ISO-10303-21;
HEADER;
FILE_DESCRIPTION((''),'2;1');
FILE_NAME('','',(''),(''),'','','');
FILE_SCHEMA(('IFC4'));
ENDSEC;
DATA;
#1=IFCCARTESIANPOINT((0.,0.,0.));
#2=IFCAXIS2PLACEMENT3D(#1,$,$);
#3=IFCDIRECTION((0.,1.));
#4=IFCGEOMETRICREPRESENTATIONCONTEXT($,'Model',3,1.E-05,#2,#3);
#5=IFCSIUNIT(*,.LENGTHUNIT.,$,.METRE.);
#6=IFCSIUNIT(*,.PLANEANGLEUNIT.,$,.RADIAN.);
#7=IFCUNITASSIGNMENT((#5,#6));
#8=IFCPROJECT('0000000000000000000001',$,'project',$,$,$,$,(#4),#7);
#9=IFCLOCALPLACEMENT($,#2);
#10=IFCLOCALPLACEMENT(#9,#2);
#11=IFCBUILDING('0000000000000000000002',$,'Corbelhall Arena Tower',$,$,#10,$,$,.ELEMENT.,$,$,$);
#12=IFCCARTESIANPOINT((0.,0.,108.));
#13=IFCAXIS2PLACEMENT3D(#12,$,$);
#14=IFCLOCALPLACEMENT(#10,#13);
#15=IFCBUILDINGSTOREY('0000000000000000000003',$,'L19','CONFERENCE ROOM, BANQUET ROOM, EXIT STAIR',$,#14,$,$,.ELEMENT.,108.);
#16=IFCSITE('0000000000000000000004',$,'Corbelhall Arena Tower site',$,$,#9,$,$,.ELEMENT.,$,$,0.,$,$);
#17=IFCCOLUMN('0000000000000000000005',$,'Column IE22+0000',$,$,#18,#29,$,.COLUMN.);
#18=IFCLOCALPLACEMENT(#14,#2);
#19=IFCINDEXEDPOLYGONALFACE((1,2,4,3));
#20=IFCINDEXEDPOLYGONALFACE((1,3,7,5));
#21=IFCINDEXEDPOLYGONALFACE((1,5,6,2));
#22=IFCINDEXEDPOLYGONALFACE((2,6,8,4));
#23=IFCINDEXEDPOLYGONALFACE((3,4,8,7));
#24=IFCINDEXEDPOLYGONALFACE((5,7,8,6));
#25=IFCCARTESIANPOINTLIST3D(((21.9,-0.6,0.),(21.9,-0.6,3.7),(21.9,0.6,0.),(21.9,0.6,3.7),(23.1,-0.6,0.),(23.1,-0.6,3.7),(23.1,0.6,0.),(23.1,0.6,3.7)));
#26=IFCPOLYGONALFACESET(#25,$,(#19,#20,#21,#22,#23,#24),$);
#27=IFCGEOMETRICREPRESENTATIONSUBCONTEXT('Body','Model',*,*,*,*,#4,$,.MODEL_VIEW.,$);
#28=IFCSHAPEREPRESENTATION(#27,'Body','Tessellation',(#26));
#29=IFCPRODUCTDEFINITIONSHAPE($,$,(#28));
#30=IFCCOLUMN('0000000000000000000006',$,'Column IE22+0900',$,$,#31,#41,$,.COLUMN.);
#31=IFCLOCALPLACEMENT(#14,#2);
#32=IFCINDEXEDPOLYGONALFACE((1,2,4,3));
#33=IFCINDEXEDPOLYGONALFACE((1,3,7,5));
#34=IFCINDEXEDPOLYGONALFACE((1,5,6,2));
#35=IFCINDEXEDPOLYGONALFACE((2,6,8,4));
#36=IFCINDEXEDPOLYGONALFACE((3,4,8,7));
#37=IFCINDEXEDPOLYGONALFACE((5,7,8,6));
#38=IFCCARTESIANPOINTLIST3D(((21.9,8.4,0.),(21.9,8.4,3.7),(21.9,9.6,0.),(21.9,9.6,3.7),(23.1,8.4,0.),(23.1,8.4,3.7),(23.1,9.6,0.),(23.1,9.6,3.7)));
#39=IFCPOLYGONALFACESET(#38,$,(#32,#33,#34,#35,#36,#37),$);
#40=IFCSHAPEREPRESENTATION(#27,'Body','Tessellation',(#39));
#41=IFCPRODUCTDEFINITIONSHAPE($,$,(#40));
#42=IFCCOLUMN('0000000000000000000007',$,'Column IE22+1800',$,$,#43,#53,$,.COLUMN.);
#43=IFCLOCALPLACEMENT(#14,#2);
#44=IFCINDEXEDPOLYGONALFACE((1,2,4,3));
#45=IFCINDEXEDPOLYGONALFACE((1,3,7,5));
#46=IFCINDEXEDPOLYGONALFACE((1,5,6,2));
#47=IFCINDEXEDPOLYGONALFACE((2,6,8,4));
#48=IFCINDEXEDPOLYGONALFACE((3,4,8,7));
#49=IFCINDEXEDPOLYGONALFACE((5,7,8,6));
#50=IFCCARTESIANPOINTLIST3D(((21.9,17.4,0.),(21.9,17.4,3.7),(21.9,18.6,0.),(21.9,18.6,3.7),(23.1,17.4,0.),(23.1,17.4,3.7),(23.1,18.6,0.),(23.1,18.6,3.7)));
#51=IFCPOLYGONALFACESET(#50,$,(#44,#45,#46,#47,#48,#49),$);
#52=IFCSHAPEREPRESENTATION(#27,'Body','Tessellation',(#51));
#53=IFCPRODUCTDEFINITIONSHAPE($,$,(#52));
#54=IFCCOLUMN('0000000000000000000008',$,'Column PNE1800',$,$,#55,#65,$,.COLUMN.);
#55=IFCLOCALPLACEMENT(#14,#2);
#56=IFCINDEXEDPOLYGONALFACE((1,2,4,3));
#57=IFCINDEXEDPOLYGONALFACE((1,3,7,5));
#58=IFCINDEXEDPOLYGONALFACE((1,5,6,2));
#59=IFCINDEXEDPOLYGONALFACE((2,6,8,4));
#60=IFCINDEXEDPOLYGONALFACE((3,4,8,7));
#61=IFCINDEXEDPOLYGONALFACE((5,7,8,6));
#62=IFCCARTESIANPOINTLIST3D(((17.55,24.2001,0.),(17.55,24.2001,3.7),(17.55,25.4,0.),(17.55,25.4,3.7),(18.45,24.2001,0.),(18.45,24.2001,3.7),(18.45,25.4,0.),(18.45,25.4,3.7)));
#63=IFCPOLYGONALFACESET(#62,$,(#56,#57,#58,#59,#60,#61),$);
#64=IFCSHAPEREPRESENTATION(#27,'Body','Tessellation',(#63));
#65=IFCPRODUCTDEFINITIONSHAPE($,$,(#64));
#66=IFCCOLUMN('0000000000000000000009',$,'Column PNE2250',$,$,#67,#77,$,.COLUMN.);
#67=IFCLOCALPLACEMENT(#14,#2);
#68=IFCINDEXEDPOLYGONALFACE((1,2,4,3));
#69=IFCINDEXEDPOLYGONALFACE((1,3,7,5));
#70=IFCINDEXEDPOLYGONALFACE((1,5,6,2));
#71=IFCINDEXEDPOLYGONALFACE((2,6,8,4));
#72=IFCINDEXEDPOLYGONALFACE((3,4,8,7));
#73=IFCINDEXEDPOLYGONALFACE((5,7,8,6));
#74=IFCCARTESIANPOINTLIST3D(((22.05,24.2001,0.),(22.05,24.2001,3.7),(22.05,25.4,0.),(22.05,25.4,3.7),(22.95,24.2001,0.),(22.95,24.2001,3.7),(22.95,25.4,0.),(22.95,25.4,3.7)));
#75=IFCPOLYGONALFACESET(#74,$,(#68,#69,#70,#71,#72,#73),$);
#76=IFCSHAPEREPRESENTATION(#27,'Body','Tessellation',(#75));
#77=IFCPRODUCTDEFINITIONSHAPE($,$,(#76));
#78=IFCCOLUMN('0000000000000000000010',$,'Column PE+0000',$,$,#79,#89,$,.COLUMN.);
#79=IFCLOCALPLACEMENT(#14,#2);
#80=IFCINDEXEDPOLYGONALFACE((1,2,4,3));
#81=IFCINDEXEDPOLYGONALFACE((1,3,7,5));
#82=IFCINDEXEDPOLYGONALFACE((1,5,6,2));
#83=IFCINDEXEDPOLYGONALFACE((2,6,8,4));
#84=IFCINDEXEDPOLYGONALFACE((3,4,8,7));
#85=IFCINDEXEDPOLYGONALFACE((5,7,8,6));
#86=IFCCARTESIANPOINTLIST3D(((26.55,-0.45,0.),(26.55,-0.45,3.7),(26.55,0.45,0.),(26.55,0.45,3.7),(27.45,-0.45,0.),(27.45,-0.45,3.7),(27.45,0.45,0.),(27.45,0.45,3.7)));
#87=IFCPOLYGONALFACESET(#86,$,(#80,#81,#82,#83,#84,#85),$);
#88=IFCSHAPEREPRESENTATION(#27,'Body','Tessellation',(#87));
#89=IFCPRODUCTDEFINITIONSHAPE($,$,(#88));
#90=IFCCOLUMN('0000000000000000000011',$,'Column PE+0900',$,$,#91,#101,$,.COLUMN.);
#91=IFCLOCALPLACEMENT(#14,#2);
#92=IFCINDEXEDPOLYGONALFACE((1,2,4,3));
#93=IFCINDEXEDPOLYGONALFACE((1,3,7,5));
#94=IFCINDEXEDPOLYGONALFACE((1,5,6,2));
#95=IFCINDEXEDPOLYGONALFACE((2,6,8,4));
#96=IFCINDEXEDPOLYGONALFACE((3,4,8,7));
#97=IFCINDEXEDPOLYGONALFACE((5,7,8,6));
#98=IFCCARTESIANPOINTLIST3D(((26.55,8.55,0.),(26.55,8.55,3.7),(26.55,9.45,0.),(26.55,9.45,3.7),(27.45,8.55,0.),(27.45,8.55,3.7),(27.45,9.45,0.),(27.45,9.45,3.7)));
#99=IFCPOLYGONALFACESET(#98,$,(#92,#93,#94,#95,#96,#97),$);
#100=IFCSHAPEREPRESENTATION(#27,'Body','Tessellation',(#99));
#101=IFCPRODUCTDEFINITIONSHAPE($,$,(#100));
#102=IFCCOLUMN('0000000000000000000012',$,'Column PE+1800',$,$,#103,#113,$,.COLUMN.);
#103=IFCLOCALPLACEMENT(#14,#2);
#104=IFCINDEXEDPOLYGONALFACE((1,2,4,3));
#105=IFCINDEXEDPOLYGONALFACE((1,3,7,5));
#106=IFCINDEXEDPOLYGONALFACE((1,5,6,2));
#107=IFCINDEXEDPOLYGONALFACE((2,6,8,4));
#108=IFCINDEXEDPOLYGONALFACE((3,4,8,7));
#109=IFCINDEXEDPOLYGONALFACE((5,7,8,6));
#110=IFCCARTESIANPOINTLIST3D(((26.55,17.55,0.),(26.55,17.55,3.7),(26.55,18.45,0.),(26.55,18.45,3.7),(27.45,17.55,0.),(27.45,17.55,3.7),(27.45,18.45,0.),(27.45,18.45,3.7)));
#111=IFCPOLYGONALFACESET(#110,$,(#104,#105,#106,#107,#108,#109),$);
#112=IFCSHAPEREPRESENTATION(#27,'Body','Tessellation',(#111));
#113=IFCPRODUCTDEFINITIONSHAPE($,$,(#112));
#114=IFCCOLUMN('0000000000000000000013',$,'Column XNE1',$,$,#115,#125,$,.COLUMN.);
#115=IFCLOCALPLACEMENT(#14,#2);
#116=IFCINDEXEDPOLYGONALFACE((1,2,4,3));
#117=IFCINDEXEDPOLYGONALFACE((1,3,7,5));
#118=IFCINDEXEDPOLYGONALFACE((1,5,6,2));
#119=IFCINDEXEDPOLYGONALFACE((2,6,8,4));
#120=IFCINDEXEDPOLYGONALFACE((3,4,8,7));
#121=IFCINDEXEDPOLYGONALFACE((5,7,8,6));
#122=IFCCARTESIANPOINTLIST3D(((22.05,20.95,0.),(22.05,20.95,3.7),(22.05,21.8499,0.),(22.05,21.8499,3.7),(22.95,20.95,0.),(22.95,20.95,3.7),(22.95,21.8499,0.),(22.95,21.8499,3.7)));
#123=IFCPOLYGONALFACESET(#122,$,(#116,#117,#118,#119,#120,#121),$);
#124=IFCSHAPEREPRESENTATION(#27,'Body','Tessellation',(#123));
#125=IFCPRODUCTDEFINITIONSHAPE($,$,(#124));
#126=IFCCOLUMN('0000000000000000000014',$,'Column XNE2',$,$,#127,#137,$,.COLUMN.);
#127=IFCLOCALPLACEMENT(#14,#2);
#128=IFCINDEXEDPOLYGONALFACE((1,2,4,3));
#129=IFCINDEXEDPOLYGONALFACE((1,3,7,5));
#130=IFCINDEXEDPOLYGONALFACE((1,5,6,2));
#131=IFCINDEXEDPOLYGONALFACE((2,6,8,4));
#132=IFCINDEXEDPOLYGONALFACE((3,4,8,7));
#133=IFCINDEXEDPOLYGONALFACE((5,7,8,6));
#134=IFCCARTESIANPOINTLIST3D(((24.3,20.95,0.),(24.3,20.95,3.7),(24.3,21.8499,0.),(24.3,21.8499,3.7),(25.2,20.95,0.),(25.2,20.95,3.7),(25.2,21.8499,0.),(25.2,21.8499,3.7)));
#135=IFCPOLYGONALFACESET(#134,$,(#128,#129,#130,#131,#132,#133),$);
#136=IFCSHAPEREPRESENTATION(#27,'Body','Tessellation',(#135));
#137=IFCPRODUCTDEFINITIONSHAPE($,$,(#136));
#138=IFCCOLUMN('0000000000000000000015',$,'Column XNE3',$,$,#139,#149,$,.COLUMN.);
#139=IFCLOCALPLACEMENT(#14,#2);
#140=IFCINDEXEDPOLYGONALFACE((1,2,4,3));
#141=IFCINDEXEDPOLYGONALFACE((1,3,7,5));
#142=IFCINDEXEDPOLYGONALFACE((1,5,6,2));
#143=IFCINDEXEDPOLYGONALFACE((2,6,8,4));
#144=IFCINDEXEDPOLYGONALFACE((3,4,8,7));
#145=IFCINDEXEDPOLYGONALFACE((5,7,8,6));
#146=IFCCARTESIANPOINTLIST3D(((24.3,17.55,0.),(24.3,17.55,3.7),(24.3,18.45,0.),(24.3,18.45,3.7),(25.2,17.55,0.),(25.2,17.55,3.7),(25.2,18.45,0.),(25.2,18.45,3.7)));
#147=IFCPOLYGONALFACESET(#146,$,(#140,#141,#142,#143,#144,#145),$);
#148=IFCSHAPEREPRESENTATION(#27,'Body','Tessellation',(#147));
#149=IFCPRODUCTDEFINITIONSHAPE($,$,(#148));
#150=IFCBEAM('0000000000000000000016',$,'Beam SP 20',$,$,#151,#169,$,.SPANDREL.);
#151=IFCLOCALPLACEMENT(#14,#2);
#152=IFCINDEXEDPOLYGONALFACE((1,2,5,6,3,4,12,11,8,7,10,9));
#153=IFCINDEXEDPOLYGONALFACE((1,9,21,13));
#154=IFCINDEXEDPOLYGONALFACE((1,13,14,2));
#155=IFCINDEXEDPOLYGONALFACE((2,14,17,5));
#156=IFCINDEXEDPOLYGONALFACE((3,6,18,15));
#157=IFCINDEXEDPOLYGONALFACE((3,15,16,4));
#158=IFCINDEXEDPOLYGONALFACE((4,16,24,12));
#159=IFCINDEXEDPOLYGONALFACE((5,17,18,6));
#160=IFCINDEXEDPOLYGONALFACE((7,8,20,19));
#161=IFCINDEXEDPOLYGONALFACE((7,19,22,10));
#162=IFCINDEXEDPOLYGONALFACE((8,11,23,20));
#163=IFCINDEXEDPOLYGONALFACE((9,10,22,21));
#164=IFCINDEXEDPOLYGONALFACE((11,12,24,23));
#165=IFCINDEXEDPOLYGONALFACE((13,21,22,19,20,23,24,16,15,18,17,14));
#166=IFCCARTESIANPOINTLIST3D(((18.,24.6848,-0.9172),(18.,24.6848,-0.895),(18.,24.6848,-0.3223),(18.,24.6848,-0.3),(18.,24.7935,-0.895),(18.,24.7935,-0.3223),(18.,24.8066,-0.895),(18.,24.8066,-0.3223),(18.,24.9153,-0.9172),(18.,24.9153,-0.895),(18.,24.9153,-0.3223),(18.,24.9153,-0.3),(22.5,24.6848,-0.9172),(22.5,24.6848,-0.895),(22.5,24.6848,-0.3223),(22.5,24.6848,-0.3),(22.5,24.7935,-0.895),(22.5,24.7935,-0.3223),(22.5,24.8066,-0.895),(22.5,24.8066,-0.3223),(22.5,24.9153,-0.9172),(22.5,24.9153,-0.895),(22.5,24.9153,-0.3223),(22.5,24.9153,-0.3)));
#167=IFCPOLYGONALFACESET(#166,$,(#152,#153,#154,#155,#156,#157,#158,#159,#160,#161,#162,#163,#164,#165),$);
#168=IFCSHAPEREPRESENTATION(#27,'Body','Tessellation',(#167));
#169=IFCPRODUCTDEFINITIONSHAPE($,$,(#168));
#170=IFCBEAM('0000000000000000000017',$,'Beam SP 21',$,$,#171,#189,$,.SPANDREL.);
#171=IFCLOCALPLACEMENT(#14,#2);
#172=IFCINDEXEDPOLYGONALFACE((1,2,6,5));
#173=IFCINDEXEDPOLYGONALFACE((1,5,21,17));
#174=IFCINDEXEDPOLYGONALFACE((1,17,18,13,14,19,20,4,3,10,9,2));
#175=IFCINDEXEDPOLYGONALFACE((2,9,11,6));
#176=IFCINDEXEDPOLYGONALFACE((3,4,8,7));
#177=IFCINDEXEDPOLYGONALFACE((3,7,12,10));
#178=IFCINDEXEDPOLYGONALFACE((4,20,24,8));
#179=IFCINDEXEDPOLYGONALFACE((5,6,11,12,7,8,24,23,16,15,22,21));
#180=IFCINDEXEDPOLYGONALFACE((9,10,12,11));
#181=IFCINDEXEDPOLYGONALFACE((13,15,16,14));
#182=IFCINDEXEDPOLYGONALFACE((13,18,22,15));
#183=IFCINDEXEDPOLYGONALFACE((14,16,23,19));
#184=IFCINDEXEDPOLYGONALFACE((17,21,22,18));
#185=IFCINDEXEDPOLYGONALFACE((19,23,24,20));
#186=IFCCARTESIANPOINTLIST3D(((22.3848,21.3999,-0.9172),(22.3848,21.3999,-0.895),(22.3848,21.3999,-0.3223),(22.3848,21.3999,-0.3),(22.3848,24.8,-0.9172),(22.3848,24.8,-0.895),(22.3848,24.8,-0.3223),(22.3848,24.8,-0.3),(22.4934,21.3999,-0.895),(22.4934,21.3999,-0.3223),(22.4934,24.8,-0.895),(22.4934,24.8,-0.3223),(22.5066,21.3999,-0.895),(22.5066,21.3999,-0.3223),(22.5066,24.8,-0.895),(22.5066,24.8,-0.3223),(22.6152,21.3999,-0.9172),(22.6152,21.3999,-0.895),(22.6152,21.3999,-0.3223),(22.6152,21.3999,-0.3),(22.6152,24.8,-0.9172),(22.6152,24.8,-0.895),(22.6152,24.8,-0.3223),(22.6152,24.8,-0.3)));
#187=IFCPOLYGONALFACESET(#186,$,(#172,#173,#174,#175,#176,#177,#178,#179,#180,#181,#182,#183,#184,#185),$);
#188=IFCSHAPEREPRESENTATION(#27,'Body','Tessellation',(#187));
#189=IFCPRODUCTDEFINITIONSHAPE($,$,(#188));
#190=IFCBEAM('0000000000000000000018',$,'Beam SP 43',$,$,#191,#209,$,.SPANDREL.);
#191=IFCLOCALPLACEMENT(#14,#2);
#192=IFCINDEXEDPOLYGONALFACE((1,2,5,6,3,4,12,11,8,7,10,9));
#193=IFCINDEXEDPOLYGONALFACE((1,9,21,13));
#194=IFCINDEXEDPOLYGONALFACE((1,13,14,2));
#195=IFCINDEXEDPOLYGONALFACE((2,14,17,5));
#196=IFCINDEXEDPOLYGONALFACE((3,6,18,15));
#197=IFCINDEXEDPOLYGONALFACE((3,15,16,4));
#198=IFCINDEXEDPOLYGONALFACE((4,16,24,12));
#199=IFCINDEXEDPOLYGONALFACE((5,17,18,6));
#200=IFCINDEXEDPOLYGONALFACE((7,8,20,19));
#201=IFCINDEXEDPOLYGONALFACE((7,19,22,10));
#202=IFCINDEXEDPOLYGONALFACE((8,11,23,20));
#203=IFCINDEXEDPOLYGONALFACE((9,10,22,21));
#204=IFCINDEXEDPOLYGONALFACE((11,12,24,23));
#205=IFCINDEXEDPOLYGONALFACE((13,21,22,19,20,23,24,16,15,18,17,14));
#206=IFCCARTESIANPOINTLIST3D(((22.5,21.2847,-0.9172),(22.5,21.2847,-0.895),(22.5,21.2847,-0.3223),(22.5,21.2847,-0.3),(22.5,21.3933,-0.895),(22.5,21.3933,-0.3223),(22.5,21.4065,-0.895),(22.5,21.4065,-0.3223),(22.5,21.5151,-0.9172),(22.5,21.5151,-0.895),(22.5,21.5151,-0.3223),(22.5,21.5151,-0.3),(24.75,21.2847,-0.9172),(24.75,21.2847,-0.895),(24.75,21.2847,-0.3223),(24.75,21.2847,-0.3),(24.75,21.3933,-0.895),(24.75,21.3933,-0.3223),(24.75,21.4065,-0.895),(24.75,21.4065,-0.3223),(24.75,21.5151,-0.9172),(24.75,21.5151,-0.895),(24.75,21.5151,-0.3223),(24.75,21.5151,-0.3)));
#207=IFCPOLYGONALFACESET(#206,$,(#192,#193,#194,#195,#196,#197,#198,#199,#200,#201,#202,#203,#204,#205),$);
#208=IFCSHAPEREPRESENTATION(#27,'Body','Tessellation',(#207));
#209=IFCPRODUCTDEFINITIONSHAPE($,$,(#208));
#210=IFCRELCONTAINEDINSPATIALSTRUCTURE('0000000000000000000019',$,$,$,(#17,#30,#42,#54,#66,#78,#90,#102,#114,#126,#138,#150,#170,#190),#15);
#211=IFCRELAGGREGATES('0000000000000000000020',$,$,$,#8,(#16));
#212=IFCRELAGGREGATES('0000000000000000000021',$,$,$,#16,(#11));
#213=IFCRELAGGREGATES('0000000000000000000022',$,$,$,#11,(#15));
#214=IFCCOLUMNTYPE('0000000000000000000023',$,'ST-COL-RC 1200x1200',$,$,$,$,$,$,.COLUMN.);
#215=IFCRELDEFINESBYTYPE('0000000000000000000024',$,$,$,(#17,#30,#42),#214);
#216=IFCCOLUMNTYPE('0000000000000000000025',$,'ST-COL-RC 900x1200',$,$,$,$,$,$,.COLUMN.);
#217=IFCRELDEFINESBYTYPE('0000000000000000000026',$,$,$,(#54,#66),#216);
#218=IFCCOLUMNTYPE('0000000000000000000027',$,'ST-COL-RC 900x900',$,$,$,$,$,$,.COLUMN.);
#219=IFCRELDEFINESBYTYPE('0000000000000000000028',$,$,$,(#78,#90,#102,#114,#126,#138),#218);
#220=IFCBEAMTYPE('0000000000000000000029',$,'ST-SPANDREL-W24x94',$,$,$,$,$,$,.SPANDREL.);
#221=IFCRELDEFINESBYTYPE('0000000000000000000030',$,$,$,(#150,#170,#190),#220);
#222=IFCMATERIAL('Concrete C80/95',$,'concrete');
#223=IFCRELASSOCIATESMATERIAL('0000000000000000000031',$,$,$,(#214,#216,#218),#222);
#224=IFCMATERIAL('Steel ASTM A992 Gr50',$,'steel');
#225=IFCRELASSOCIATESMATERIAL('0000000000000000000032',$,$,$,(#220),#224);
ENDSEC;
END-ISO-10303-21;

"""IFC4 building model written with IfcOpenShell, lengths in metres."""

from ifc_helpers import new_model, si_unit, direction, frame, origin, origin_2d, place, context, subcontext, project, spatial, rectangle, i_section, extrude, material, material_profile, profile_set, type_object, element, save


model = new_model("IFC4")

# Units and contexts
model_context = context("Model", 3, precision=1e-05, world=origin(), true_north=direction((0.0, 1.0)))
body_context = subcontext(model_context, "Body", "Model", "MODEL_VIEW")
ifc_project = project(units=[si_unit("LENGTHUNIT", "METRE"), si_unit("PLANEANGLEUNIT", "RADIAN")], contexts=[model_context])

# Site, building, storey
site_placement = place(None, origin())
site = spatial("IfcSite", under=ifc_project, at=site_placement, Name="Corbelhall Arena Tower site", CompositionType="ELEMENT", RefElevation=0.0)
building_placement = place(site_placement, origin())
building = spatial("IfcBuilding", under=site, at=building_placement, Name="Corbelhall Arena Tower", CompositionType="ELEMENT")
storey_placement = place(building_placement, frame((0.0, 0.0, 108.0)))
storey = spatial("IfcBuildingStorey", under=building, at=storey_placement, Name="L19", Description="CONFERENCE ROOM, BANQUET ROOM, EXIT STAIR", CompositionType="ELEMENT", Elevation=108.0)

# Columns
ifc_material_1 = material(Name="Concrete C80/95", Category="concrete")
ifc_material_profile_1 = material_profile(ifc_material_1, rectangle(XDim=1.2, YDim=1.2, at=origin_2d()))
ifc_profile_set_1 = profile_set([ifc_material_profile_1], Name="Concrete C80/95")
column_type_1 = type_object("IfcColumnType", Name="ST-COL-RC 1200x1200", PredefinedType="COLUMN", material=ifc_profile_set_1)
for number, where, z_axis, x_axis, name in (
    (1, (22.5, 0.0, 0.0), (0.0, 0.0, 1.0), (1.0, 0.0, 0.0), "Column IE22+0000"),
    (2, (22.5, 9.0, 0.0), (0.0, 0.0, 1.0), (1.0, 0.0, 0.0), "Column IE22+0900"),
    (3, (22.5, 18.0, 0.0), (0.0, 0.0, 1.0), (1.0, 0.0, 0.0), "Column IE22+1800"),
):
    element("IfcColumn", number, at=place(storey_placement, frame(where, z_axis=z_axis, x_axis=x_axis)), inside=storey, type_object=column_type_1, Name=name, PredefinedType="COLUMN", context=body_context, shape_type="SweptSolid", body=[
        extrude(rectangle(XDim=1.2, YDim=1.2, at=origin_2d()), origin(), (0.0, 0.0, 1.0), 3.7),
    ])
ifc_material_profile_2 = material_profile(ifc_material_1, rectangle(XDim=0.8999, YDim=1.2, at=origin_2d()))
ifc_profile_set_2 = profile_set([ifc_material_profile_2], Name="Concrete C80/95")
column_type_2 = type_object("IfcColumnType", Name="ST-COL-RC 900x1200", PredefinedType="COLUMN", material=ifc_profile_set_2)
for number, where, z_axis, x_axis, name in (
    (4, (18.0, 24.8, 0.0), (0.0, 0.0, 1.0), (1.0, 0.0, 0.0), "Column PNE1800"),
    (5, (22.5, 24.8, 0.0), (0.0, 0.0, 1.0), (1.0, 0.0, 0.0), "Column PNE2250"),
):
    element("IfcColumn", number, at=place(storey_placement, frame(where, z_axis=z_axis, x_axis=x_axis)), inside=storey, type_object=column_type_2, Name=name, PredefinedType="COLUMN", context=body_context, shape_type="SweptSolid", body=[
        extrude(rectangle(XDim=0.8999, YDim=1.2, at=origin_2d()), origin(), (0.0, 0.0, 1.0), 3.7),
    ])
ifc_material_profile_3 = material_profile(ifc_material_1, rectangle(XDim=0.8999, YDim=0.8999, at=origin_2d()))
ifc_profile_set_3 = profile_set([ifc_material_profile_3], Name="Concrete C80/95")
column_type_3 = type_object("IfcColumnType", Name="ST-COL-RC 900x900", PredefinedType="COLUMN", material=ifc_profile_set_3)
for number, where, z_axis, x_axis, name in (
    (6, (27.0, 0.0, 0.0), (0.0, 0.0, 1.0), (1.0, 0.0, 0.0), "Column PE+0000"),
    (7, (27.0, 9.0, 0.0), (0.0, 0.0, 1.0), (1.0, 0.0, 0.0), "Column PE+0900"),
    (8, (27.0, 18.0, 0.0), (0.0, 0.0, 1.0), (1.0, 0.0, 0.0), "Column PE+1800"),
    (9, (22.5, 21.3999, 0.0), (0.0, 0.0, 1.0), (1.0, 0.0, 0.0), "Column XNE1"),
    (10, (24.75, 21.3999, 0.0), (0.0, 0.0, 1.0), (1.0, 0.0, 0.0), "Column XNE2"),
    (11, (24.75, 18.0, 0.0), (0.0, 0.0, 1.0), (1.0, 0.0, 0.0), "Column XNE3"),
):
    element("IfcColumn", number, at=place(storey_placement, frame(where, z_axis=z_axis, x_axis=x_axis)), inside=storey, type_object=column_type_3, Name=name, PredefinedType="COLUMN", context=body_context, shape_type="SweptSolid", body=[
        extrude(rectangle(XDim=0.8999, YDim=0.8999, at=origin_2d()), origin(), (0.0, 0.0, 1.0), 3.7),
    ])

# Beams
ifc_material_2 = material(Name="Steel ASTM A992 Gr50", Category="steel")
ifc_material_profile_4 = material_profile(ifc_material_2, i_section(OverallWidth=0.2305, OverallDepth=0.6172, WebThickness=0.0132, FlangeThickness=0.0222, at=origin_2d()))
ifc_profile_set_4 = profile_set([ifc_material_profile_4], Name="Steel ASTM A992 Gr50")
beam_type = type_object("IfcBeamType", Name="ST-SPANDREL-W24x94", PredefinedType="SPANDREL", material=ifc_profile_set_4)
beam_1_placement = place(storey_placement, frame((18.0, 24.8, -0.6086), z_axis=(1.0, 0.0, 0.0), x_axis=(0.0, 1.0, 0.0)))
element("IfcBeam", 12, at=beam_1_placement, inside=storey, type_object=beam_type, Name="Beam SP 20", PredefinedType="SPANDREL", context=body_context, shape_type="SweptSolid", body=[
    extrude(i_section(OverallWidth=0.2305, OverallDepth=0.6172, WebThickness=0.0132, FlangeThickness=0.0222, at=origin_2d()), origin(), (0.0, 0.0, 1.0), 4.5),
])
beam_2_placement = place(storey_placement, frame((22.5, 24.8, -0.6086), z_axis=(0.0, -1.0, 0.0), x_axis=(1.0, 0.0, 0.0)))
element("IfcBeam", 13, at=beam_2_placement, inside=storey, type_object=beam_type, Name="Beam SP 21", PredefinedType="SPANDREL", context=body_context, shape_type="SweptSolid", body=[
    extrude(i_section(OverallWidth=0.2305, OverallDepth=0.6172, WebThickness=0.0132, FlangeThickness=0.0222, at=origin_2d()), origin(), (0.0, 0.0, 1.0), 3.4001),
])
beam_3_placement = place(storey_placement, frame((22.5, 21.3999, -0.6086), z_axis=(1.0, 0.0, 0.0), x_axis=(0.0, 1.0, 0.0)))
element("IfcBeam", 14, at=beam_3_placement, inside=storey, type_object=beam_type, Name="Beam SP 43", PredefinedType="SPANDREL", context=body_context, shape_type="SweptSolid", body=[
    extrude(i_section(OverallWidth=0.2305, OverallDepth=0.6172, WebThickness=0.0132, FlangeThickness=0.0222, at=origin_2d()), origin(), (0.0, 0.0, 1.0), 2.25),
])

save(model, "model.ifc")
